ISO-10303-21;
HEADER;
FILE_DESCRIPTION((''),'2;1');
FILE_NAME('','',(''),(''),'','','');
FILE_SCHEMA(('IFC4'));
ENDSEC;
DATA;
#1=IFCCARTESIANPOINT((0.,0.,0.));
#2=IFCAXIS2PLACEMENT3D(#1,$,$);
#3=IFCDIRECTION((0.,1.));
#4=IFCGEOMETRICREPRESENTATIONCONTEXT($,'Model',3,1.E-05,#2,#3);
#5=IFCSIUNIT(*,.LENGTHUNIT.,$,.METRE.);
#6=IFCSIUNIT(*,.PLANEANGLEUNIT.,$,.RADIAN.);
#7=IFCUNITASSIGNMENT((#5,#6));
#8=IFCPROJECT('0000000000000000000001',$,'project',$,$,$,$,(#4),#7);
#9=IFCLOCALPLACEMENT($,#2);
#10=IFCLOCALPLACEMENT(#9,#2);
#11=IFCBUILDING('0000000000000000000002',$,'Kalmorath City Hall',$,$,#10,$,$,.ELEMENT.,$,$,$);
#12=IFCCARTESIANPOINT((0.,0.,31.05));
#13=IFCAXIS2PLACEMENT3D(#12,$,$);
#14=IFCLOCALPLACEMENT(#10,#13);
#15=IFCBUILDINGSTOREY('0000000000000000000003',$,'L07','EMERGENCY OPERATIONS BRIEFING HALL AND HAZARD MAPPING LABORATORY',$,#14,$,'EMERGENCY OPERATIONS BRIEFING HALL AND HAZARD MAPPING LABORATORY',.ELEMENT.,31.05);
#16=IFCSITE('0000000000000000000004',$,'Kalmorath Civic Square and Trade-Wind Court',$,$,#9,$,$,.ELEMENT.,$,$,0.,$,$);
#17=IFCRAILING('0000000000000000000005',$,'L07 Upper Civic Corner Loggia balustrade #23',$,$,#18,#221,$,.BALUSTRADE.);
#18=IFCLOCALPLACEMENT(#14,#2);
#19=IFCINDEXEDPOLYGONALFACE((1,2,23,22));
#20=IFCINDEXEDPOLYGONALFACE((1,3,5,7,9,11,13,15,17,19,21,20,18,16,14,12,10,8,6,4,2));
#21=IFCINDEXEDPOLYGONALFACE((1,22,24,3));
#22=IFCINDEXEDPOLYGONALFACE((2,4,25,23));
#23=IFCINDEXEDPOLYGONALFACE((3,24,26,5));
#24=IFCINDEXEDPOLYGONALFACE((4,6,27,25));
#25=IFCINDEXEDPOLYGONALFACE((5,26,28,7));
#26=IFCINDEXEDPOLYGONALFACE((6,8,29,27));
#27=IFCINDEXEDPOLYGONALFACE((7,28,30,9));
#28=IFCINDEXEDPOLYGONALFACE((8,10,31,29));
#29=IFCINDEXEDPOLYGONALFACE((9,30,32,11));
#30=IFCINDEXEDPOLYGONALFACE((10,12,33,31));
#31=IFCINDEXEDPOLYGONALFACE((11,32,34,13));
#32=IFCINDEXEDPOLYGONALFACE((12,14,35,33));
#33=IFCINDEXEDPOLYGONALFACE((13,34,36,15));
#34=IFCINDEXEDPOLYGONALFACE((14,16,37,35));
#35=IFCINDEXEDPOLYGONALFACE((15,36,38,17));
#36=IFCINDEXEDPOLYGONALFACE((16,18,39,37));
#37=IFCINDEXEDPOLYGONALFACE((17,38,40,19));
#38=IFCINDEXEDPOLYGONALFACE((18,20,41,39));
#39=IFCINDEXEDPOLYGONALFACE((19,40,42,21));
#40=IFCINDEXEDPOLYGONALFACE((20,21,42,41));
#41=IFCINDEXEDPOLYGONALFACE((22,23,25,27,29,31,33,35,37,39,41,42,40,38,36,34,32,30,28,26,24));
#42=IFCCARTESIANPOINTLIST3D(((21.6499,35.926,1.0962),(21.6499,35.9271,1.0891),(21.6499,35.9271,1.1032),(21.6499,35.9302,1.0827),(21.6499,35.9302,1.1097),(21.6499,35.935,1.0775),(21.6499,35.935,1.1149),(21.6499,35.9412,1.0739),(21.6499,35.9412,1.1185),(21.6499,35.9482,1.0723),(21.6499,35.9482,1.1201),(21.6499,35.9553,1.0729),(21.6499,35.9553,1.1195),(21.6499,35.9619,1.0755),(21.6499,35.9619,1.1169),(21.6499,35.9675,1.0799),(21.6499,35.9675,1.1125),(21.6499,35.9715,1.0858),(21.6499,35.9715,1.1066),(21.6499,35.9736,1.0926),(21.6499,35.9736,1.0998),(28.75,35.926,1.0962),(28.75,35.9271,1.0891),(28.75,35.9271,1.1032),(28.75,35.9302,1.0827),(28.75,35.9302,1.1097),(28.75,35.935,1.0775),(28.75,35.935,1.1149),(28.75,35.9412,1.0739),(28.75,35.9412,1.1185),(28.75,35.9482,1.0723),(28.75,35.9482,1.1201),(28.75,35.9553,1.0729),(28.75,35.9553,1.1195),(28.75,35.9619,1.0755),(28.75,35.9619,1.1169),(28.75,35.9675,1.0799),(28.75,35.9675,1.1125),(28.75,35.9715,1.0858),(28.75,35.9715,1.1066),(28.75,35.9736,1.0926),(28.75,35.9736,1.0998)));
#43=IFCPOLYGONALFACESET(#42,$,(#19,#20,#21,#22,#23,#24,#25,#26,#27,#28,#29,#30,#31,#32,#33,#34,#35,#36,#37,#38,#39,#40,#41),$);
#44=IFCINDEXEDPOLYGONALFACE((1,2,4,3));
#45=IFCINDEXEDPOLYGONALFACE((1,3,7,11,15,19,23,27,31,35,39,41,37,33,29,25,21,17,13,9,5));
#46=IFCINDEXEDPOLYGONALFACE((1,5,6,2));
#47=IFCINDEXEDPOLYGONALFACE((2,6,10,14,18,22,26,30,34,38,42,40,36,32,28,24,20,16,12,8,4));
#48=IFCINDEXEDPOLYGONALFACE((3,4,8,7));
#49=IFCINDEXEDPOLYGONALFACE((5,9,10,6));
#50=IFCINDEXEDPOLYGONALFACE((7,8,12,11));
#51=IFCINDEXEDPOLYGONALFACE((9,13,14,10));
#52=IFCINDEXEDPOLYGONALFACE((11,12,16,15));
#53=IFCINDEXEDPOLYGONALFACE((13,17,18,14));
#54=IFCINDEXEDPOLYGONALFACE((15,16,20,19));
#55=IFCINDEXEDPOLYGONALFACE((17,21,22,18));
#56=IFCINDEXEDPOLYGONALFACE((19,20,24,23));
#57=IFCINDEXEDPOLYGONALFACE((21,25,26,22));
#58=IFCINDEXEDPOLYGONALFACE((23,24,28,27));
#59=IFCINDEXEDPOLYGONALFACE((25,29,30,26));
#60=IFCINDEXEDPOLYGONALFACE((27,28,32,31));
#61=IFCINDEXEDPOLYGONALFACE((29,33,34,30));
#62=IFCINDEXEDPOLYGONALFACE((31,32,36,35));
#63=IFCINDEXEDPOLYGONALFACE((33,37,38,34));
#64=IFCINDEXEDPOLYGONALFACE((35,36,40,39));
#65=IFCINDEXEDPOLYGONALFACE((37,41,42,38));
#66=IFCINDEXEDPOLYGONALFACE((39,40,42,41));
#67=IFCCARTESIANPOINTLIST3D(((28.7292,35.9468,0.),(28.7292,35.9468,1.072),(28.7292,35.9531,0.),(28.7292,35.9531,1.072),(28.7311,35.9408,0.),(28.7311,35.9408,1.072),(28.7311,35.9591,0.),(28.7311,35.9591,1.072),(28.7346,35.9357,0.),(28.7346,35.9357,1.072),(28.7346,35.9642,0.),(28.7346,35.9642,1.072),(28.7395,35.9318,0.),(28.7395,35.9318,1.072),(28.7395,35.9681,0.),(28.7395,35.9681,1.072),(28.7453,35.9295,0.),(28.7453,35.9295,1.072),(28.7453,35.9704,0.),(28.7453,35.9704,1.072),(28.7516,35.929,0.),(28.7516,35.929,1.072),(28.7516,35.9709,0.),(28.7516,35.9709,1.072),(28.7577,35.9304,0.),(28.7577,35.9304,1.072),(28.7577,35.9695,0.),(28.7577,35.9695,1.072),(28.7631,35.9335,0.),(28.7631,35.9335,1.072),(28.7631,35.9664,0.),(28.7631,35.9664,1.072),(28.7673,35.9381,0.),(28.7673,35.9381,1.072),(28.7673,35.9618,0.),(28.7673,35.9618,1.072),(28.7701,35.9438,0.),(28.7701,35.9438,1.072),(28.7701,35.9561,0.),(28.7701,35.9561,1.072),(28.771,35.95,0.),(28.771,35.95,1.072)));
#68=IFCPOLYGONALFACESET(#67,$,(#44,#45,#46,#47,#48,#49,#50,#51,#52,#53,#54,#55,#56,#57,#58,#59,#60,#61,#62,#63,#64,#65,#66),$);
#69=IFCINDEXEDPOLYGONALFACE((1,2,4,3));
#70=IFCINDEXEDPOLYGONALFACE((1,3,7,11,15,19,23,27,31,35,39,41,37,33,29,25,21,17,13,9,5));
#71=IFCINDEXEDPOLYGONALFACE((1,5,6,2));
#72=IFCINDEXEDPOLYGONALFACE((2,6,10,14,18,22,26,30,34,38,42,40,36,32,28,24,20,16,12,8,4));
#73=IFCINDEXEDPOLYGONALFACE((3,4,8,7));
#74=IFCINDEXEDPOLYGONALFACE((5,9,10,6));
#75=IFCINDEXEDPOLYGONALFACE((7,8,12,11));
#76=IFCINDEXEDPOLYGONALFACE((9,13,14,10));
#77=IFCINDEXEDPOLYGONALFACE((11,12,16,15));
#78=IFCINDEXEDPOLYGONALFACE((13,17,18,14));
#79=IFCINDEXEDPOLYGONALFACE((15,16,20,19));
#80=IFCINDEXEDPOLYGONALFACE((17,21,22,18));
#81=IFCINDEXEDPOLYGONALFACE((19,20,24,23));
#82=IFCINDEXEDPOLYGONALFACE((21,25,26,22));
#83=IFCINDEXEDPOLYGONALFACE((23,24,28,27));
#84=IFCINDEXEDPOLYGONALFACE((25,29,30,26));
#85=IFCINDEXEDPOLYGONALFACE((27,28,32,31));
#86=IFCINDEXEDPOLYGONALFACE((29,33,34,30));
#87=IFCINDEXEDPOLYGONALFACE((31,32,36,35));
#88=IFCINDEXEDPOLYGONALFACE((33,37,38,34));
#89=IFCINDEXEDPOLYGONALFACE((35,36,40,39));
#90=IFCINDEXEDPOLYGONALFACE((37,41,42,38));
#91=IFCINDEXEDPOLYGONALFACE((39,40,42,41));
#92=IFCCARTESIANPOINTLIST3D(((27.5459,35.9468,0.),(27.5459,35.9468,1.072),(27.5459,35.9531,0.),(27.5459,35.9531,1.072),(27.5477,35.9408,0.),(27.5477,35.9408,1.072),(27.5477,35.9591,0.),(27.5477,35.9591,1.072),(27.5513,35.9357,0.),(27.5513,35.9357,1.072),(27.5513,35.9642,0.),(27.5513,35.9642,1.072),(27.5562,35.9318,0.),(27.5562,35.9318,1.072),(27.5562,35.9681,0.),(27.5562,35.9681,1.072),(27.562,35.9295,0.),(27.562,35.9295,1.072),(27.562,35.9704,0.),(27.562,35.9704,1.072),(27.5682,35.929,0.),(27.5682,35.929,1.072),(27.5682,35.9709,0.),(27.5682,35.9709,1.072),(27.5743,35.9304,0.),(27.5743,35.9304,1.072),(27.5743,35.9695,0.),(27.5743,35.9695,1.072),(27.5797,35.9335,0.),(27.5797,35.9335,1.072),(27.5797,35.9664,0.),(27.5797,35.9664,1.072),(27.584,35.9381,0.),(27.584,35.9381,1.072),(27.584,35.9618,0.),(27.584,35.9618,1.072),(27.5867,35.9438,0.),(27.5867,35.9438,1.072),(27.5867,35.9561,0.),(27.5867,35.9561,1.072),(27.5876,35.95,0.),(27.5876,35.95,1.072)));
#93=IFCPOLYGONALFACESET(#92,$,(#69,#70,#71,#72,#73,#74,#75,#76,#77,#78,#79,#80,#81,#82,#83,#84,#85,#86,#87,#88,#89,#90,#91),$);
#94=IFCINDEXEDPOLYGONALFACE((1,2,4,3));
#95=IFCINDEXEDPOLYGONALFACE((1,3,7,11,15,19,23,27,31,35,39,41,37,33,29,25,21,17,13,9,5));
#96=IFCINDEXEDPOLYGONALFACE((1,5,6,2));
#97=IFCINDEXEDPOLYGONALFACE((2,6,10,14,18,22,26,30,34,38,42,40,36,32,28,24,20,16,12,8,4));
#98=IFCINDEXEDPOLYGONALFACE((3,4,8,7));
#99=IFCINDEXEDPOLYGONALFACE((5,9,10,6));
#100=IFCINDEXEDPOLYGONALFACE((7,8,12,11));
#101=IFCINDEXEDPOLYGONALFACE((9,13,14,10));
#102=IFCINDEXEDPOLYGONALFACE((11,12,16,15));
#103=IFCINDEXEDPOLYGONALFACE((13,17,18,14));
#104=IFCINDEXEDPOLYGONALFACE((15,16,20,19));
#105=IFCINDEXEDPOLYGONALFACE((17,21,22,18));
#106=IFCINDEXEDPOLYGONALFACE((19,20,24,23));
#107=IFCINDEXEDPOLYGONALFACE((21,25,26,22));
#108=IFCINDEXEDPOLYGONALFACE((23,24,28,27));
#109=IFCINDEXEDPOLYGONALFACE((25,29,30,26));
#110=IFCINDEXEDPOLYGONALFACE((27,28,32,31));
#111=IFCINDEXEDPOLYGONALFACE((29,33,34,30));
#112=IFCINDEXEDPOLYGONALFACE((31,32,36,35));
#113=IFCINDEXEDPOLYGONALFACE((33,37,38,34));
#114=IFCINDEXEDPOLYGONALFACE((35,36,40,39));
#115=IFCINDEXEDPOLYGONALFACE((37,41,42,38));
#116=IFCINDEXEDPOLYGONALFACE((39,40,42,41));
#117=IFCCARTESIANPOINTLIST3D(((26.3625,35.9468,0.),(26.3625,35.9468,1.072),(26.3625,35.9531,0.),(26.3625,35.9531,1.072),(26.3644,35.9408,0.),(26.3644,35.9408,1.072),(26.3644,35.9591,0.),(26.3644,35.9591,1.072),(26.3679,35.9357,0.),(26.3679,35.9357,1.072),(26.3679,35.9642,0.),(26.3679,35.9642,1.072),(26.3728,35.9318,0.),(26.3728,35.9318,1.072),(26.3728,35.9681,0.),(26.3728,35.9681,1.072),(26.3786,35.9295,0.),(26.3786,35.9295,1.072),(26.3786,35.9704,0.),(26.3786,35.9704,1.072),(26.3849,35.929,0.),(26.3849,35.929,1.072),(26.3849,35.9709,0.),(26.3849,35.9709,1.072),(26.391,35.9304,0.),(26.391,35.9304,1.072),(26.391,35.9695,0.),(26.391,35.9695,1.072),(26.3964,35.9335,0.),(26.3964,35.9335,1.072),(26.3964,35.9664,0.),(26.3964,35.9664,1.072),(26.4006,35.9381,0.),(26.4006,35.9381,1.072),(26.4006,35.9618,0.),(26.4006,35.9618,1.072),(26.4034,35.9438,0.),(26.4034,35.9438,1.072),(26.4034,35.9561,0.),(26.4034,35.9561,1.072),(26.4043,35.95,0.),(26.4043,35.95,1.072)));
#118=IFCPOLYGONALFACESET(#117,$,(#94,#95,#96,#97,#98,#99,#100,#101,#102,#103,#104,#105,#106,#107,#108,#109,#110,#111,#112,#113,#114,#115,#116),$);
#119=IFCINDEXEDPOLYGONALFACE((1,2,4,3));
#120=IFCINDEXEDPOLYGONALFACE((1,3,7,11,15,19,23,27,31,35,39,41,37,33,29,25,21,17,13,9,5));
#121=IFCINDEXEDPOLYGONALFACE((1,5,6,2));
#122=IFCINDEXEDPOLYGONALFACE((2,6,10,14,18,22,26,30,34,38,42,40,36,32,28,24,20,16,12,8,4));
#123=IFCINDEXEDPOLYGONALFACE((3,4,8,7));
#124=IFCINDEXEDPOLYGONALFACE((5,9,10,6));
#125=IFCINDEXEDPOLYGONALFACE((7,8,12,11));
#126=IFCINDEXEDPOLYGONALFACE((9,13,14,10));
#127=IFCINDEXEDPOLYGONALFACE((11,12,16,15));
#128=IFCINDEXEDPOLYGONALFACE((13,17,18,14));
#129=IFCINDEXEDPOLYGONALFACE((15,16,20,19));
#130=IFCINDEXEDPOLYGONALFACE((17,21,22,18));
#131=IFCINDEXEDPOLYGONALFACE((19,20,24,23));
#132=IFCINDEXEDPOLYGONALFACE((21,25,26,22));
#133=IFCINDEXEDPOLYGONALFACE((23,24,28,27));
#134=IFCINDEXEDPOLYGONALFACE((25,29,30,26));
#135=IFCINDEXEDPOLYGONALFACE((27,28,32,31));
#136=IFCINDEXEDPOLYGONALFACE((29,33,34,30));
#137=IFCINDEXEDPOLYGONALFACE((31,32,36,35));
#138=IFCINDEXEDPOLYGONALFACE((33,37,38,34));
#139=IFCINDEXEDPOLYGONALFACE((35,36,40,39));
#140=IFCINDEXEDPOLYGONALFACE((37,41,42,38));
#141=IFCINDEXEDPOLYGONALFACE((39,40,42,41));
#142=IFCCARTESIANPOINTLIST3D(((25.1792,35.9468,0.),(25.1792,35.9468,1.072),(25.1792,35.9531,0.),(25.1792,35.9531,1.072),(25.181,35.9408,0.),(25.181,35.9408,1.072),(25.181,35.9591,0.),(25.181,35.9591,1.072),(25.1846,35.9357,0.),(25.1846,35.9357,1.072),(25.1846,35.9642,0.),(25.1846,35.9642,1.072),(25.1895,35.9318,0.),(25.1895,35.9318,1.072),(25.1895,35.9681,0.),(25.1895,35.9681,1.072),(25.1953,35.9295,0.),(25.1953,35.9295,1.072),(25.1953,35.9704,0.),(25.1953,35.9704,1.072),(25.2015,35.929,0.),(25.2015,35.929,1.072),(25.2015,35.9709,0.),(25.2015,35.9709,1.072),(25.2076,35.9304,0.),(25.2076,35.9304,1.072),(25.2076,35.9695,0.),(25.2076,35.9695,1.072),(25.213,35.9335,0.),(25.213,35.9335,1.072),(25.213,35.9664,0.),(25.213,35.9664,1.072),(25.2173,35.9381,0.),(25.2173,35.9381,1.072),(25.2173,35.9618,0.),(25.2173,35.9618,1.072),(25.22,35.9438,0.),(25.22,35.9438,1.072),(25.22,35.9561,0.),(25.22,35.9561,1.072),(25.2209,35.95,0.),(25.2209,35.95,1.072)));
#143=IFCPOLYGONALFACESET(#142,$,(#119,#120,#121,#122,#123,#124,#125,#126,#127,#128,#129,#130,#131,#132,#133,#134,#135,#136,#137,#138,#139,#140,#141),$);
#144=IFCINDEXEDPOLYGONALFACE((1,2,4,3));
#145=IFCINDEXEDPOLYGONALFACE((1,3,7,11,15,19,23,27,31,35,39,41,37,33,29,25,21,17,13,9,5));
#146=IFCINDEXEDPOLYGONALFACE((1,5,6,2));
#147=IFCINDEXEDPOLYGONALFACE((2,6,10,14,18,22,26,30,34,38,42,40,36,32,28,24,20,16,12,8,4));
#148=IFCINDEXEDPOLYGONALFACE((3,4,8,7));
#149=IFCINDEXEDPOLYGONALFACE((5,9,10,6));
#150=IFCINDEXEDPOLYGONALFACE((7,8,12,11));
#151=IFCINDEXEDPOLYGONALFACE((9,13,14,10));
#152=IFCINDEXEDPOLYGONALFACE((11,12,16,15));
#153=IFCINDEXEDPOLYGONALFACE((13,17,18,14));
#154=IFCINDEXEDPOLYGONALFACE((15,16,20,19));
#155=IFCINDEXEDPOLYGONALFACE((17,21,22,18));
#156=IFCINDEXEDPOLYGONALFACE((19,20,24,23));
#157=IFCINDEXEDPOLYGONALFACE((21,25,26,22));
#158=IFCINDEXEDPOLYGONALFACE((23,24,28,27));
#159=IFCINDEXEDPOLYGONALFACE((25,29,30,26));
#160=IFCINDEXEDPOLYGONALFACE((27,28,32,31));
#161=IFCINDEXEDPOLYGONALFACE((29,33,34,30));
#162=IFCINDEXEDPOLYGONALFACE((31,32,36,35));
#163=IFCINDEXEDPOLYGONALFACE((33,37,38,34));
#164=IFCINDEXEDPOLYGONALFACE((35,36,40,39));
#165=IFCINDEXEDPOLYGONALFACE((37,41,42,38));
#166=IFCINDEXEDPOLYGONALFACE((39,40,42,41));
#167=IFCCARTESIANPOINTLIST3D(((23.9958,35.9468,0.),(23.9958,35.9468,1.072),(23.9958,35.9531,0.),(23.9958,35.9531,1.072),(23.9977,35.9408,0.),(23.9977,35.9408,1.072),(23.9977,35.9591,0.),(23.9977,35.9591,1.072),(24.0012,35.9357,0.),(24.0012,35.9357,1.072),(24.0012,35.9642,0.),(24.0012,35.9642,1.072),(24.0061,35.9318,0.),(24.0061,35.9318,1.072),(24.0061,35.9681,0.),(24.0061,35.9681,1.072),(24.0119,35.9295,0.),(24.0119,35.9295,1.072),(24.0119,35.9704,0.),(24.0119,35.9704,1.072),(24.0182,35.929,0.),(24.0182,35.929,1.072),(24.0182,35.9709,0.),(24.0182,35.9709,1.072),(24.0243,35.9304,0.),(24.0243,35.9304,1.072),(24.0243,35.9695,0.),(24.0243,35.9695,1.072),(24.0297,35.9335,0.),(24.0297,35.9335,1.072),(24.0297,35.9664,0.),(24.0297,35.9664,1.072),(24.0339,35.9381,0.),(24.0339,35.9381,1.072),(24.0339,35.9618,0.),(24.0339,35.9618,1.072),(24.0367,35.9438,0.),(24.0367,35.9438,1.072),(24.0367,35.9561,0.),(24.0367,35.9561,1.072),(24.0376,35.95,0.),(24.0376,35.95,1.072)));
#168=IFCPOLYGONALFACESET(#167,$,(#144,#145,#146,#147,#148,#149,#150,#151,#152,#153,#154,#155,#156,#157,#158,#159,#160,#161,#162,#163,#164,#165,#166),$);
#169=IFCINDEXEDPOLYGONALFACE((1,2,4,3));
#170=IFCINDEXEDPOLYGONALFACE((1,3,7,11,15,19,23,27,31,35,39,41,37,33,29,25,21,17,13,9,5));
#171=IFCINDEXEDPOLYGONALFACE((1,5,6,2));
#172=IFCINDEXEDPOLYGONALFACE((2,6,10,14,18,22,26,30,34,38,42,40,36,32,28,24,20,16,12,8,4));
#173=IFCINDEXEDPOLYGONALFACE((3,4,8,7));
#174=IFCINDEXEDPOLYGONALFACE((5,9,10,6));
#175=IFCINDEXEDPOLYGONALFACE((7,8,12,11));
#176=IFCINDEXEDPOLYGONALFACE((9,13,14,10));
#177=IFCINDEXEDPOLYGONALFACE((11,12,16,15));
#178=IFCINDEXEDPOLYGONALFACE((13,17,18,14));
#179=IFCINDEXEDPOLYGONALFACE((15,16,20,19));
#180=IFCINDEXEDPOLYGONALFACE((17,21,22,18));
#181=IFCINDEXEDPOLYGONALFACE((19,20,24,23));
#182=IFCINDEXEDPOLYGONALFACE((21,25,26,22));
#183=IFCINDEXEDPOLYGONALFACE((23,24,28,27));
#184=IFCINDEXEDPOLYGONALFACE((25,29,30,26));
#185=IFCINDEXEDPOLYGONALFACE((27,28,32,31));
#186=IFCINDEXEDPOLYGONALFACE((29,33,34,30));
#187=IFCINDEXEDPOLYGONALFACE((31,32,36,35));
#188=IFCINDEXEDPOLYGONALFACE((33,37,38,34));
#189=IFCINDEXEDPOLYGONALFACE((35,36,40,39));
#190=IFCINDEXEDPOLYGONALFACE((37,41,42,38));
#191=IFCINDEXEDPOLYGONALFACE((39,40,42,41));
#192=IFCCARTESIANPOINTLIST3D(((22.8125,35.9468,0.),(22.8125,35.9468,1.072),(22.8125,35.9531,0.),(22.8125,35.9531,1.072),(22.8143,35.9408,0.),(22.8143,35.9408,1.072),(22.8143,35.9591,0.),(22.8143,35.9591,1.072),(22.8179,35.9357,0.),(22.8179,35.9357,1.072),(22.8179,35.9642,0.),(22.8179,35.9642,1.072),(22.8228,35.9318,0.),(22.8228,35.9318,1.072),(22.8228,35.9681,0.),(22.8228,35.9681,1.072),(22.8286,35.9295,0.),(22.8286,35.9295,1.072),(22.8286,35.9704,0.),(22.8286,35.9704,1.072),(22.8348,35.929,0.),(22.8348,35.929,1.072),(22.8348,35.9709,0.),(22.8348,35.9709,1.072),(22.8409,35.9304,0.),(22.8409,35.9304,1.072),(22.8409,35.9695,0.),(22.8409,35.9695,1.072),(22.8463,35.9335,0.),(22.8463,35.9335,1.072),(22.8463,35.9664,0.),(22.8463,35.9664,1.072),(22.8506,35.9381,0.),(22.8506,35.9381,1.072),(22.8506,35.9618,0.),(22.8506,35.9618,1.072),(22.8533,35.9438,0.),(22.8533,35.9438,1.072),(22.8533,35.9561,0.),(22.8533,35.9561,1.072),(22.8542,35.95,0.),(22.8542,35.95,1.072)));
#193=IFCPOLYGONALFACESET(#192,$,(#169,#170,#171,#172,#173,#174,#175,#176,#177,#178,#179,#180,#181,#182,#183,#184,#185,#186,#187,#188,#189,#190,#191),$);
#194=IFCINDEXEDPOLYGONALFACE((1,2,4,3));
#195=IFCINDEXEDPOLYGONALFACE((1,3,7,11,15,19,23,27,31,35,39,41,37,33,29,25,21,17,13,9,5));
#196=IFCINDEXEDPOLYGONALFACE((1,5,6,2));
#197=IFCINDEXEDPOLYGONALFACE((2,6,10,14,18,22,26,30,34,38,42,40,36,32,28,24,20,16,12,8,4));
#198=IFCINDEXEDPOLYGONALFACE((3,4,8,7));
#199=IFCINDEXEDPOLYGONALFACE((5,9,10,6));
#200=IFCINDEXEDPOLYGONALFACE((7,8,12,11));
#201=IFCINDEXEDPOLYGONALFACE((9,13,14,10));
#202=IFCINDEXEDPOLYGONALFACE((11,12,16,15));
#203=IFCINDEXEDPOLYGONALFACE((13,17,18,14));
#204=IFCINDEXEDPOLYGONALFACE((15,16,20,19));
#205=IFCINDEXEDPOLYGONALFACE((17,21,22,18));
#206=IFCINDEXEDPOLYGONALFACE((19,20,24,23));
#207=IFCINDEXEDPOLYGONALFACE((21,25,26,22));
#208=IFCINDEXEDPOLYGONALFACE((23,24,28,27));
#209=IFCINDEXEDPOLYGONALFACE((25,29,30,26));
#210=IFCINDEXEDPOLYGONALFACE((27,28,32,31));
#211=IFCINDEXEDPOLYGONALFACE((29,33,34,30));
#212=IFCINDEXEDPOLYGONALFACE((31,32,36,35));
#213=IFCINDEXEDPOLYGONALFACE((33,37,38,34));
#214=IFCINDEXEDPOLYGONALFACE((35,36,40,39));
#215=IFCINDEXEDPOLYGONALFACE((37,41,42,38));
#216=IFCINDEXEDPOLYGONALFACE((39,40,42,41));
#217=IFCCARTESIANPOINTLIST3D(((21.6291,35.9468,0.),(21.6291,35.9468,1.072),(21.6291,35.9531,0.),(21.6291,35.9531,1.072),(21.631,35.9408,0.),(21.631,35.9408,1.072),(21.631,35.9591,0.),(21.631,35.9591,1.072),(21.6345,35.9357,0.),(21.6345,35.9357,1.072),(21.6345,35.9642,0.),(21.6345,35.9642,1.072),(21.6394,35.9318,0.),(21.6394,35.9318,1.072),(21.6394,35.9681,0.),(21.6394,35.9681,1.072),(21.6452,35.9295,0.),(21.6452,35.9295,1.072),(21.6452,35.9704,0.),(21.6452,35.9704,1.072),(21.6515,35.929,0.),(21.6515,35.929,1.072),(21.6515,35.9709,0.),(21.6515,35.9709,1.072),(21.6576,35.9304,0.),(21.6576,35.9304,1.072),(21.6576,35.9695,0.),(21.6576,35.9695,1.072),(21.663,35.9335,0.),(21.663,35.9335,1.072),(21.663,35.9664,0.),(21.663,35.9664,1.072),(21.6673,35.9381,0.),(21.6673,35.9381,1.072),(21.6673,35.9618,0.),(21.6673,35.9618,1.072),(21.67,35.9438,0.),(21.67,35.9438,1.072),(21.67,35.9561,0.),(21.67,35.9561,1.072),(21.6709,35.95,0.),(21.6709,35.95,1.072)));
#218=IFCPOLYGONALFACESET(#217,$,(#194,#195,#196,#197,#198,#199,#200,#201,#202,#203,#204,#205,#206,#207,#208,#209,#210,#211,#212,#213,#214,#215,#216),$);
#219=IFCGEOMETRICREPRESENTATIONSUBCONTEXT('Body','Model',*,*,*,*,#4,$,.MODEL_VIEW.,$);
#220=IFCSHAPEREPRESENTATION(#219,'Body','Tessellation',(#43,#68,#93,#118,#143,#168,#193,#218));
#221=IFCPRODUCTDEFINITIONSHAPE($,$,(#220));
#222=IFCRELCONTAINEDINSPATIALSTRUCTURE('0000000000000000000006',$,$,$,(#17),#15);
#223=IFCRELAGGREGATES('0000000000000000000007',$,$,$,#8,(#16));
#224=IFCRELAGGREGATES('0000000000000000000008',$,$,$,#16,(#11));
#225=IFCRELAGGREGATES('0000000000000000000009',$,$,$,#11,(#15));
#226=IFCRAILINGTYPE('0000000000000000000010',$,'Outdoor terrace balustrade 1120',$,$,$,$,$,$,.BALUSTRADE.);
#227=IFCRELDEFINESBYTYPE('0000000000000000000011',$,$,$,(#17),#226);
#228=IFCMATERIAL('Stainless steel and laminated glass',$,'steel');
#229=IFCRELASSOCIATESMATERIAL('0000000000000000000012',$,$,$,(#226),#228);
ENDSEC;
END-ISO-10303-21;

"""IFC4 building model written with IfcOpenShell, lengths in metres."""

from ifc_helpers import new_model, si_unit, direction, frame, origin, origin_2d, place, context, subcontext, project, spatial, circle, extrude, material, type_object, element, save


model = new_model("IFC4")

# Units and contexts
model_context = context("Model", 3, precision=1e-05, world=origin(), true_north=direction((0.0, 1.0)))
body_context = subcontext(model_context, "Body", "Model", "MODEL_VIEW")
ifc_project = project(units=[si_unit("LENGTHUNIT", "METRE"), si_unit("PLANEANGLEUNIT", "RADIAN")], contexts=[model_context])

# Site, building, storey
site_placement = place(None, origin())
site = spatial("IfcSite", under=ifc_project, at=site_placement, Name="Kalmorath Civic Square and Trade-Wind Court", CompositionType="ELEMENT", RefElevation=0.0)
building_placement = place(site_placement, origin())
building = spatial("IfcBuilding", under=site, at=building_placement, Name="Kalmorath City Hall", CompositionType="ELEMENT")
storey_placement = place(building_placement, frame((0.0, 0.0, 31.05)))
storey = spatial("IfcBuildingStorey", under=building, at=storey_placement, Name="L07", Description="EMERGENCY OPERATIONS BRIEFING HALL AND HAZARD MAPPING LABORATORY", LongName="EMERGENCY OPERATIONS BRIEFING HALL AND HAZARD MAPPING LABORATORY", CompositionType="ELEMENT", Elevation=31.05)

# Railing
ifc_material_1 = material(Name="Stainless steel and laminated glass", Category="steel")
railing_type = type_object("IfcRailingType", Name="Outdoor terrace balustrade 1120", PredefinedType="BALUSTRADE", material=ifc_material_1)
railing_placement = place(storey_placement, frame((28.75, 35.95, 0.0)))
element("IfcRailing", 1, at=railing_placement, inside=storey, type_object=railing_type, Name="L07 Upper Civic Corner Loggia balustrade #23", PredefinedType="BALUSTRADE", context=body_context, shape_type="SweptSolid", body=[
    extrude(circle(Radius=0.0239, at=origin_2d()), frame((0.0, 0.0, 1.0962), z_axis=(-1.0, 0.0, 0.0), x_axis=(0.0, -1.0, 0.0)), (0.0, 0.0, 1.0), 7.1001),
    extrude(circle(Radius=0.021, at=origin_2d()), origin(), (0.0, 0.0, 1.0), 1.072),
    extrude(circle(Radius=0.021, at=origin_2d()), frame((-1.1833, 0.0, 0.0)), (0.0, 0.0, 1.0), 1.072),
    extrude(circle(Radius=0.021, at=origin_2d()), frame((-2.3667, 0.0, 0.0)), (0.0, 0.0, 1.0), 1.072),
    extrude(circle(Radius=0.021, at=origin_2d()), frame((-3.55, 0.0, 0.0)), (0.0, 0.0, 1.0), 1.072),
    extrude(circle(Radius=0.021, at=origin_2d()), frame((-4.7334, 0.0, 0.0)), (0.0, 0.0, 1.0), 1.072),
    extrude(circle(Radius=0.021, at=origin_2d()), frame((-5.9167, 0.0, 0.0)), (0.0, 0.0, 1.0), 1.072),
    extrude(circle(Radius=0.021, at=origin_2d()), frame((-7.1001, 0.0, 0.0)), (0.0, 0.0, 1.0), 1.072),
])

save(model, "model.ifc")
